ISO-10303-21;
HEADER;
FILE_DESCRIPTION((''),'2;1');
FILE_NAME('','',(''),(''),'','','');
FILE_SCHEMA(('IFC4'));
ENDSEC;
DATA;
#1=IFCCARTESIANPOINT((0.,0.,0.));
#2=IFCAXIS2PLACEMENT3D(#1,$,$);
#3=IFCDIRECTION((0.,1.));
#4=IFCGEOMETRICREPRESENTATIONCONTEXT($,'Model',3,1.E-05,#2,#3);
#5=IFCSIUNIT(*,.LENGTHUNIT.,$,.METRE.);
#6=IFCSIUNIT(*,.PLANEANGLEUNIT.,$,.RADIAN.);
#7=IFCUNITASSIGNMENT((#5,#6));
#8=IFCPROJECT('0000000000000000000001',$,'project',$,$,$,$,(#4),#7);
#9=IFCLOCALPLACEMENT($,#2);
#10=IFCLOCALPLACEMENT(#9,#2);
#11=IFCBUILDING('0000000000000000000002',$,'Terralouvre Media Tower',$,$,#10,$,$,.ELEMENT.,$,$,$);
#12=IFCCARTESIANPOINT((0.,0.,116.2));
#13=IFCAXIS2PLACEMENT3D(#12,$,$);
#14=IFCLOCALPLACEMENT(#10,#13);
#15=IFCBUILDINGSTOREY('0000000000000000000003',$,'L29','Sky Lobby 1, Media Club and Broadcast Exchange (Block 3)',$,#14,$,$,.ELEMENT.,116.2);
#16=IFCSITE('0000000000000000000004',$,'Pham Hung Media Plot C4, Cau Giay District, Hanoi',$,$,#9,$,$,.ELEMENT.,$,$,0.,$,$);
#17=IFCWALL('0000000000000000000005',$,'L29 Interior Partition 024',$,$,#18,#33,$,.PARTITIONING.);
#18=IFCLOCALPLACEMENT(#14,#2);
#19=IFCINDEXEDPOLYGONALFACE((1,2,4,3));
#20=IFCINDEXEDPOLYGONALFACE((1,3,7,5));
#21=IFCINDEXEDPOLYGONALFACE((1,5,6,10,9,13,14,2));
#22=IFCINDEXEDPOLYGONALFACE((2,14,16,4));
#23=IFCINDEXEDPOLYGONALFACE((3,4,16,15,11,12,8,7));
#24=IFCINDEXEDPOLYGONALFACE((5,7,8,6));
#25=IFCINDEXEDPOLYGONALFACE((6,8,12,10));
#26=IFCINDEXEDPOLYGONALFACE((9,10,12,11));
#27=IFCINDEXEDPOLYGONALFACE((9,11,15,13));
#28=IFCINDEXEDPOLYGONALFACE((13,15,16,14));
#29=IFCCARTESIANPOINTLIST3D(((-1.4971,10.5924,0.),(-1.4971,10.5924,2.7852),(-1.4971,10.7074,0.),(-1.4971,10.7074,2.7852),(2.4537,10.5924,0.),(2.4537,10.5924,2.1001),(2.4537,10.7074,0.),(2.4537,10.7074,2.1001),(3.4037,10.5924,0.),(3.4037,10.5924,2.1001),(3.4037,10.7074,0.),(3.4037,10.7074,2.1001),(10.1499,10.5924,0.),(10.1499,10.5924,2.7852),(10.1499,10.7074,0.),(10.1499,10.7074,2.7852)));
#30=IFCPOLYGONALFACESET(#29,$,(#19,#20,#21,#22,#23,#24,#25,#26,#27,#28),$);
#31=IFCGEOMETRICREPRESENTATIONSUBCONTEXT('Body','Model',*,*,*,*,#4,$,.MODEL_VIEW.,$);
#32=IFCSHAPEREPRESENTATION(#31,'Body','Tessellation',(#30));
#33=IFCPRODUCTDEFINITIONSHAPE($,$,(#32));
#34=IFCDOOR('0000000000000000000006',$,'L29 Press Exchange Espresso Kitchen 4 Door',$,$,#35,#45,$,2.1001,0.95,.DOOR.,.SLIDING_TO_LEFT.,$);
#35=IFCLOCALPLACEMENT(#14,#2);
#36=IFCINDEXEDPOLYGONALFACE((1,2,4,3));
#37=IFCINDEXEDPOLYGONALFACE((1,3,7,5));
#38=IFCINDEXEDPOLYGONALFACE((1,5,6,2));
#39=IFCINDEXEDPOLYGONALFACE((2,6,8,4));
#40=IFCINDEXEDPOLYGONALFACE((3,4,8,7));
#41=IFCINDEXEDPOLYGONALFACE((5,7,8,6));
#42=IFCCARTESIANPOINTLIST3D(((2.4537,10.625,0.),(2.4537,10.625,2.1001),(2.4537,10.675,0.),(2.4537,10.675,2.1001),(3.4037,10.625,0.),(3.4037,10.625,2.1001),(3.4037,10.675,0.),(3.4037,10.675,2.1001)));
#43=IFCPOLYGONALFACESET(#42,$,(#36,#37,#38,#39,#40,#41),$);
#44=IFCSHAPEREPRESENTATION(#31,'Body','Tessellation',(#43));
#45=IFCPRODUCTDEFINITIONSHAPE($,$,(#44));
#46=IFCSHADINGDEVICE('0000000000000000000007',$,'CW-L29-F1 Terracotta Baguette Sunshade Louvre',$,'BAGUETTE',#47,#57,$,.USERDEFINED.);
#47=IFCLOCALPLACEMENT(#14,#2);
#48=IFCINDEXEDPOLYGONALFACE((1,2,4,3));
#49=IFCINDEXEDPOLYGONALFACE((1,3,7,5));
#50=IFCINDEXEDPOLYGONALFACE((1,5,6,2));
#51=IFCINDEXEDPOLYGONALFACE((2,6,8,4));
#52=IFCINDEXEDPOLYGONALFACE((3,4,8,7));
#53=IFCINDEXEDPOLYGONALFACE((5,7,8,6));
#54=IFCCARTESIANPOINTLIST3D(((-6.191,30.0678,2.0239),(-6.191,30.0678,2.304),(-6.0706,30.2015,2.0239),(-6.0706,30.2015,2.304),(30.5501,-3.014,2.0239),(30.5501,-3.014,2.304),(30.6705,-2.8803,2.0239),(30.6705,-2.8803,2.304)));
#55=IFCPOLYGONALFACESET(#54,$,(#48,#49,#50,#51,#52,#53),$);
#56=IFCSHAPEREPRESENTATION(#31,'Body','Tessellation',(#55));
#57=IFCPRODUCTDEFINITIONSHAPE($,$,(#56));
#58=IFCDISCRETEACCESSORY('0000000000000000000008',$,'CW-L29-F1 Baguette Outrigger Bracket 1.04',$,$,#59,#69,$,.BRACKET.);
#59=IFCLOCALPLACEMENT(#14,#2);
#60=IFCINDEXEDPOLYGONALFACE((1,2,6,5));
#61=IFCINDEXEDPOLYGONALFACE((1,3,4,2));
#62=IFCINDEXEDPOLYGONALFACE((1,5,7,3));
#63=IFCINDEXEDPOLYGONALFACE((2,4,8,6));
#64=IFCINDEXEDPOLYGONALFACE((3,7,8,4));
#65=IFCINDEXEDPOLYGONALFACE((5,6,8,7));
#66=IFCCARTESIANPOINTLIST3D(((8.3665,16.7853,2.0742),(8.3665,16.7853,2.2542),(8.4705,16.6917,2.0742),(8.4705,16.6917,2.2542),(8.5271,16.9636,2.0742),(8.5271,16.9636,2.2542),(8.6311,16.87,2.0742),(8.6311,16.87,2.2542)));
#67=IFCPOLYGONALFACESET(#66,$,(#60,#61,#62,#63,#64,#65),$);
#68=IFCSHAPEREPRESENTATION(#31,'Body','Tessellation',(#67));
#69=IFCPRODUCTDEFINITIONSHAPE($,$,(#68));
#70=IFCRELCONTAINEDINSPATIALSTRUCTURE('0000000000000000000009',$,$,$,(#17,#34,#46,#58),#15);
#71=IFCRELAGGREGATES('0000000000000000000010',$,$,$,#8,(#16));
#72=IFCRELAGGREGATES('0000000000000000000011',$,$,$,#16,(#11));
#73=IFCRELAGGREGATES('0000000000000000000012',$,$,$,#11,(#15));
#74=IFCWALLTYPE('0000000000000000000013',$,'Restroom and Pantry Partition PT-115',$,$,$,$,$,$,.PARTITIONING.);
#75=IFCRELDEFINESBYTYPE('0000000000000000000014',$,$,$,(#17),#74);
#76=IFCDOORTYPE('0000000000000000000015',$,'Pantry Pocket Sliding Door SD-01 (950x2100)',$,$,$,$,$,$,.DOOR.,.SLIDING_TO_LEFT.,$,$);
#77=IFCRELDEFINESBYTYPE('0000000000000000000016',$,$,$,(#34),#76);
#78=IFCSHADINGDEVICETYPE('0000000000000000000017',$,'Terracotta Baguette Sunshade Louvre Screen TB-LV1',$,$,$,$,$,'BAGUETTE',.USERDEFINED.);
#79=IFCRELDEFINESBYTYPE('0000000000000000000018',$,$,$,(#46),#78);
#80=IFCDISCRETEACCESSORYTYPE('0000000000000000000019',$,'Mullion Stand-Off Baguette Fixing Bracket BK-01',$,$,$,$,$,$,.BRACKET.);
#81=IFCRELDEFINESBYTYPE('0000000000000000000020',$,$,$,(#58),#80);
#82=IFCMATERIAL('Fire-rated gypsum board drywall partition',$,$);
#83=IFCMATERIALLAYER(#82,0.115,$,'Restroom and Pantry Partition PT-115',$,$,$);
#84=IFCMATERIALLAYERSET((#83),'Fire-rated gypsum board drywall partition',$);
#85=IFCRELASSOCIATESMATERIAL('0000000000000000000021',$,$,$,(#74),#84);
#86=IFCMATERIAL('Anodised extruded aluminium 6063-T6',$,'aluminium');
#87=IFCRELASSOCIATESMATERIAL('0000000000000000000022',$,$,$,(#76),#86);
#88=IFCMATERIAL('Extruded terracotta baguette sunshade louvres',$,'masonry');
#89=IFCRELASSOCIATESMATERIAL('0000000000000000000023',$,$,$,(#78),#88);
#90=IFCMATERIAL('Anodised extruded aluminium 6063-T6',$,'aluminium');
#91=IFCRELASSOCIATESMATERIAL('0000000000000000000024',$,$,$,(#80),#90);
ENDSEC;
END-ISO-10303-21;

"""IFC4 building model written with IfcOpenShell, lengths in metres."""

from ifc_helpers import new_model, si_unit, direction, frame, frame_2d, origin, origin_2d, place, context, subcontext, project, spatial, rectangle, extrude, material, layer, layer_set, type_object, element, fill, save


model = new_model("IFC4")

# Units and contexts
model_context = context("Model", 3, precision=1e-05, world=origin(), true_north=direction((0.0, 1.0)))
body_context = subcontext(model_context, "Body", "Model", "MODEL_VIEW")
ifc_project = project(units=[si_unit("LENGTHUNIT", "METRE"), si_unit("PLANEANGLEUNIT", "RADIAN")], contexts=[model_context])

# Site, building, storey
site_placement = place(None, origin())
site = spatial("IfcSite", under=ifc_project, at=site_placement, Name="Pham Hung Media Plot C4, Cau Giay District, Hanoi", CompositionType="ELEMENT", RefElevation=0.0)
building_placement = place(site_placement, origin())
building = spatial("IfcBuilding", under=site, at=building_placement, Name="Terralouvre Media Tower", CompositionType="ELEMENT")
storey_placement = place(building_placement, frame((0.0, 0.0, 116.2)))
storey = spatial("IfcBuildingStorey", under=building, at=storey_placement, Name="L29", Description="Sky Lobby 1, Media Club and Broadcast Exchange (Block 3)", CompositionType="ELEMENT", Elevation=116.2)

# Shared definitions
ifc_material_1 = material(Name="Fire-rated gypsum board drywall partition")
ifc_layer_1 = layer(ifc_material_1, 0.115, Name="Restroom and Pantry Partition PT-115")
ifc_layer_set_1 = layer_set([ifc_layer_1], Name="Fire-rated gypsum board drywall partition")
wall_type_1 = type_object("IfcWallType", Name="Restroom and Pantry Partition PT-115", PredefinedType="PARTITIONING", material=ifc_layer_set_1)

# Wall, opening, door
wall_1_placement = place(storey_placement, frame((10.1499, 10.6499, 0.0), z_axis=(0.0, 0.0, 1.0), x_axis=(-1.0, 0.0, 0.0)))
wall_1 = element("IfcWall", 1, at=wall_1_placement, inside=storey, type_object=wall_type_1, Name="L29 Interior Partition 024", PredefinedType="PARTITIONING", context=body_context, shape_type="SweptSolid", body=[
    extrude(rectangle(XDim=11.647, YDim=0.115, at=frame_2d((5.8235, 0.0))), origin(), (0.0, 0.0, 1.0), 2.7852),
])
opening_placement = place(wall_1_placement, frame((6.7461, 0.0, 0.0)))
opening = element("IfcOpeningElement", 2, at=opening_placement, cuts=wall_1, PredefinedType="OPENING", context=body_context, shape_type="SweptSolid", body=[
    extrude(rectangle(XDim=0.95, YDim=2.1001, at=frame_2d((0.4751, 1.05))), frame((0.0, 0.0674, 0.0), z_axis=(0.0, -1.0, 0.0), x_axis=(1.0, 0.0, 0.0)), (0.0, 0.0, 1.0), 0.135),
])
ifc_material_2 = material(Name="Anodised extruded aluminium 6063-T6", Category="aluminium")
door_type = type_object("IfcDoorType", Name="Pantry Pocket Sliding Door SD-01 (950x2100)", OperationType="SLIDING_TO_LEFT", PredefinedType="DOOR", material=ifc_material_2)
door_placement = place(opening_placement, origin())
door = element("IfcDoor", 3, at=door_placement, inside=storey, type_object=door_type, Name="L29 Press Exchange Espresso Kitchen 4 Door", OperationType="SLIDING_TO_LEFT", OverallHeight=2.1001, OverallWidth=0.95, PredefinedType="DOOR", context=body_context, shape_type="SweptSolid", body=[
    extrude(rectangle(XDim=0.95, YDim=2.1001, at=frame_2d((0.4751, 1.05))), frame((0.0, 0.0249, 0.0), z_axis=(0.0, -1.0, 0.0), x_axis=(1.0, 0.0, 0.0)), (0.0, 0.0, 1.0), 0.05),
])
fill(opening, door)

# Shading device
ifc_material_3 = material(Name="Extruded terracotta baguette sunshade louvres", Category="masonry")
shading_device_type = type_object("IfcShadingDeviceType", Name="Terracotta Baguette Sunshade Louvre Screen TB-LV1", ElementType="BAGUETTE", PredefinedType="USERDEFINED", material=ifc_material_3)
shading_device_placement = place(storey_placement, frame((12.2397, 13.5938, 2.0239), z_axis=(0.0, 0.0, 1.0), x_axis=(-0.743145, 0.669131, 0.0)))
element("IfcShadingDevice", 4, at=shading_device_placement, inside=storey, type_object=shading_device_type, Name="CW-L29-F1 Terracotta Baguette Sunshade Louvre", ObjectType="BAGUETTE", PredefinedType="USERDEFINED", context=body_context, shape_type="SweptSolid", body=[
    extrude(rectangle(XDim=49.4399, YDim=0.1799, at=origin_2d()), origin(), (0.0, 0.0, 1.0), 0.28),
])

# Discrete accessory
ifc_material_4 = material(Name="Anodised extruded aluminium 6063-T6", Category="aluminium")
discrete_accessory_type = type_object("IfcDiscreteAccessoryType", Name="Mullion Stand-Off Baguette Fixing Bracket BK-01", PredefinedType="BRACKET", material=ifc_material_4)
discrete_accessory_placement = place(storey_placement, frame((8.4988, 16.8276, 2.0742), z_axis=(0.0, 0.0, 1.0), x_axis=(-0.743145, 0.669131, 0.0)))
element("IfcDiscreteAccessory", 5, at=discrete_accessory_placement, inside=storey, type_object=discrete_accessory_type, Name="CW-L29-F1 Baguette Outrigger Bracket 1.04", PredefinedType="BRACKET", context=body_context, shape_type="SweptSolid", body=[
    extrude(rectangle(XDim=0.1399, YDim=0.24, at=origin_2d()), origin(), (0.0, 0.0, 1.0), 0.1799),
])

save(model, "model.ifc")
